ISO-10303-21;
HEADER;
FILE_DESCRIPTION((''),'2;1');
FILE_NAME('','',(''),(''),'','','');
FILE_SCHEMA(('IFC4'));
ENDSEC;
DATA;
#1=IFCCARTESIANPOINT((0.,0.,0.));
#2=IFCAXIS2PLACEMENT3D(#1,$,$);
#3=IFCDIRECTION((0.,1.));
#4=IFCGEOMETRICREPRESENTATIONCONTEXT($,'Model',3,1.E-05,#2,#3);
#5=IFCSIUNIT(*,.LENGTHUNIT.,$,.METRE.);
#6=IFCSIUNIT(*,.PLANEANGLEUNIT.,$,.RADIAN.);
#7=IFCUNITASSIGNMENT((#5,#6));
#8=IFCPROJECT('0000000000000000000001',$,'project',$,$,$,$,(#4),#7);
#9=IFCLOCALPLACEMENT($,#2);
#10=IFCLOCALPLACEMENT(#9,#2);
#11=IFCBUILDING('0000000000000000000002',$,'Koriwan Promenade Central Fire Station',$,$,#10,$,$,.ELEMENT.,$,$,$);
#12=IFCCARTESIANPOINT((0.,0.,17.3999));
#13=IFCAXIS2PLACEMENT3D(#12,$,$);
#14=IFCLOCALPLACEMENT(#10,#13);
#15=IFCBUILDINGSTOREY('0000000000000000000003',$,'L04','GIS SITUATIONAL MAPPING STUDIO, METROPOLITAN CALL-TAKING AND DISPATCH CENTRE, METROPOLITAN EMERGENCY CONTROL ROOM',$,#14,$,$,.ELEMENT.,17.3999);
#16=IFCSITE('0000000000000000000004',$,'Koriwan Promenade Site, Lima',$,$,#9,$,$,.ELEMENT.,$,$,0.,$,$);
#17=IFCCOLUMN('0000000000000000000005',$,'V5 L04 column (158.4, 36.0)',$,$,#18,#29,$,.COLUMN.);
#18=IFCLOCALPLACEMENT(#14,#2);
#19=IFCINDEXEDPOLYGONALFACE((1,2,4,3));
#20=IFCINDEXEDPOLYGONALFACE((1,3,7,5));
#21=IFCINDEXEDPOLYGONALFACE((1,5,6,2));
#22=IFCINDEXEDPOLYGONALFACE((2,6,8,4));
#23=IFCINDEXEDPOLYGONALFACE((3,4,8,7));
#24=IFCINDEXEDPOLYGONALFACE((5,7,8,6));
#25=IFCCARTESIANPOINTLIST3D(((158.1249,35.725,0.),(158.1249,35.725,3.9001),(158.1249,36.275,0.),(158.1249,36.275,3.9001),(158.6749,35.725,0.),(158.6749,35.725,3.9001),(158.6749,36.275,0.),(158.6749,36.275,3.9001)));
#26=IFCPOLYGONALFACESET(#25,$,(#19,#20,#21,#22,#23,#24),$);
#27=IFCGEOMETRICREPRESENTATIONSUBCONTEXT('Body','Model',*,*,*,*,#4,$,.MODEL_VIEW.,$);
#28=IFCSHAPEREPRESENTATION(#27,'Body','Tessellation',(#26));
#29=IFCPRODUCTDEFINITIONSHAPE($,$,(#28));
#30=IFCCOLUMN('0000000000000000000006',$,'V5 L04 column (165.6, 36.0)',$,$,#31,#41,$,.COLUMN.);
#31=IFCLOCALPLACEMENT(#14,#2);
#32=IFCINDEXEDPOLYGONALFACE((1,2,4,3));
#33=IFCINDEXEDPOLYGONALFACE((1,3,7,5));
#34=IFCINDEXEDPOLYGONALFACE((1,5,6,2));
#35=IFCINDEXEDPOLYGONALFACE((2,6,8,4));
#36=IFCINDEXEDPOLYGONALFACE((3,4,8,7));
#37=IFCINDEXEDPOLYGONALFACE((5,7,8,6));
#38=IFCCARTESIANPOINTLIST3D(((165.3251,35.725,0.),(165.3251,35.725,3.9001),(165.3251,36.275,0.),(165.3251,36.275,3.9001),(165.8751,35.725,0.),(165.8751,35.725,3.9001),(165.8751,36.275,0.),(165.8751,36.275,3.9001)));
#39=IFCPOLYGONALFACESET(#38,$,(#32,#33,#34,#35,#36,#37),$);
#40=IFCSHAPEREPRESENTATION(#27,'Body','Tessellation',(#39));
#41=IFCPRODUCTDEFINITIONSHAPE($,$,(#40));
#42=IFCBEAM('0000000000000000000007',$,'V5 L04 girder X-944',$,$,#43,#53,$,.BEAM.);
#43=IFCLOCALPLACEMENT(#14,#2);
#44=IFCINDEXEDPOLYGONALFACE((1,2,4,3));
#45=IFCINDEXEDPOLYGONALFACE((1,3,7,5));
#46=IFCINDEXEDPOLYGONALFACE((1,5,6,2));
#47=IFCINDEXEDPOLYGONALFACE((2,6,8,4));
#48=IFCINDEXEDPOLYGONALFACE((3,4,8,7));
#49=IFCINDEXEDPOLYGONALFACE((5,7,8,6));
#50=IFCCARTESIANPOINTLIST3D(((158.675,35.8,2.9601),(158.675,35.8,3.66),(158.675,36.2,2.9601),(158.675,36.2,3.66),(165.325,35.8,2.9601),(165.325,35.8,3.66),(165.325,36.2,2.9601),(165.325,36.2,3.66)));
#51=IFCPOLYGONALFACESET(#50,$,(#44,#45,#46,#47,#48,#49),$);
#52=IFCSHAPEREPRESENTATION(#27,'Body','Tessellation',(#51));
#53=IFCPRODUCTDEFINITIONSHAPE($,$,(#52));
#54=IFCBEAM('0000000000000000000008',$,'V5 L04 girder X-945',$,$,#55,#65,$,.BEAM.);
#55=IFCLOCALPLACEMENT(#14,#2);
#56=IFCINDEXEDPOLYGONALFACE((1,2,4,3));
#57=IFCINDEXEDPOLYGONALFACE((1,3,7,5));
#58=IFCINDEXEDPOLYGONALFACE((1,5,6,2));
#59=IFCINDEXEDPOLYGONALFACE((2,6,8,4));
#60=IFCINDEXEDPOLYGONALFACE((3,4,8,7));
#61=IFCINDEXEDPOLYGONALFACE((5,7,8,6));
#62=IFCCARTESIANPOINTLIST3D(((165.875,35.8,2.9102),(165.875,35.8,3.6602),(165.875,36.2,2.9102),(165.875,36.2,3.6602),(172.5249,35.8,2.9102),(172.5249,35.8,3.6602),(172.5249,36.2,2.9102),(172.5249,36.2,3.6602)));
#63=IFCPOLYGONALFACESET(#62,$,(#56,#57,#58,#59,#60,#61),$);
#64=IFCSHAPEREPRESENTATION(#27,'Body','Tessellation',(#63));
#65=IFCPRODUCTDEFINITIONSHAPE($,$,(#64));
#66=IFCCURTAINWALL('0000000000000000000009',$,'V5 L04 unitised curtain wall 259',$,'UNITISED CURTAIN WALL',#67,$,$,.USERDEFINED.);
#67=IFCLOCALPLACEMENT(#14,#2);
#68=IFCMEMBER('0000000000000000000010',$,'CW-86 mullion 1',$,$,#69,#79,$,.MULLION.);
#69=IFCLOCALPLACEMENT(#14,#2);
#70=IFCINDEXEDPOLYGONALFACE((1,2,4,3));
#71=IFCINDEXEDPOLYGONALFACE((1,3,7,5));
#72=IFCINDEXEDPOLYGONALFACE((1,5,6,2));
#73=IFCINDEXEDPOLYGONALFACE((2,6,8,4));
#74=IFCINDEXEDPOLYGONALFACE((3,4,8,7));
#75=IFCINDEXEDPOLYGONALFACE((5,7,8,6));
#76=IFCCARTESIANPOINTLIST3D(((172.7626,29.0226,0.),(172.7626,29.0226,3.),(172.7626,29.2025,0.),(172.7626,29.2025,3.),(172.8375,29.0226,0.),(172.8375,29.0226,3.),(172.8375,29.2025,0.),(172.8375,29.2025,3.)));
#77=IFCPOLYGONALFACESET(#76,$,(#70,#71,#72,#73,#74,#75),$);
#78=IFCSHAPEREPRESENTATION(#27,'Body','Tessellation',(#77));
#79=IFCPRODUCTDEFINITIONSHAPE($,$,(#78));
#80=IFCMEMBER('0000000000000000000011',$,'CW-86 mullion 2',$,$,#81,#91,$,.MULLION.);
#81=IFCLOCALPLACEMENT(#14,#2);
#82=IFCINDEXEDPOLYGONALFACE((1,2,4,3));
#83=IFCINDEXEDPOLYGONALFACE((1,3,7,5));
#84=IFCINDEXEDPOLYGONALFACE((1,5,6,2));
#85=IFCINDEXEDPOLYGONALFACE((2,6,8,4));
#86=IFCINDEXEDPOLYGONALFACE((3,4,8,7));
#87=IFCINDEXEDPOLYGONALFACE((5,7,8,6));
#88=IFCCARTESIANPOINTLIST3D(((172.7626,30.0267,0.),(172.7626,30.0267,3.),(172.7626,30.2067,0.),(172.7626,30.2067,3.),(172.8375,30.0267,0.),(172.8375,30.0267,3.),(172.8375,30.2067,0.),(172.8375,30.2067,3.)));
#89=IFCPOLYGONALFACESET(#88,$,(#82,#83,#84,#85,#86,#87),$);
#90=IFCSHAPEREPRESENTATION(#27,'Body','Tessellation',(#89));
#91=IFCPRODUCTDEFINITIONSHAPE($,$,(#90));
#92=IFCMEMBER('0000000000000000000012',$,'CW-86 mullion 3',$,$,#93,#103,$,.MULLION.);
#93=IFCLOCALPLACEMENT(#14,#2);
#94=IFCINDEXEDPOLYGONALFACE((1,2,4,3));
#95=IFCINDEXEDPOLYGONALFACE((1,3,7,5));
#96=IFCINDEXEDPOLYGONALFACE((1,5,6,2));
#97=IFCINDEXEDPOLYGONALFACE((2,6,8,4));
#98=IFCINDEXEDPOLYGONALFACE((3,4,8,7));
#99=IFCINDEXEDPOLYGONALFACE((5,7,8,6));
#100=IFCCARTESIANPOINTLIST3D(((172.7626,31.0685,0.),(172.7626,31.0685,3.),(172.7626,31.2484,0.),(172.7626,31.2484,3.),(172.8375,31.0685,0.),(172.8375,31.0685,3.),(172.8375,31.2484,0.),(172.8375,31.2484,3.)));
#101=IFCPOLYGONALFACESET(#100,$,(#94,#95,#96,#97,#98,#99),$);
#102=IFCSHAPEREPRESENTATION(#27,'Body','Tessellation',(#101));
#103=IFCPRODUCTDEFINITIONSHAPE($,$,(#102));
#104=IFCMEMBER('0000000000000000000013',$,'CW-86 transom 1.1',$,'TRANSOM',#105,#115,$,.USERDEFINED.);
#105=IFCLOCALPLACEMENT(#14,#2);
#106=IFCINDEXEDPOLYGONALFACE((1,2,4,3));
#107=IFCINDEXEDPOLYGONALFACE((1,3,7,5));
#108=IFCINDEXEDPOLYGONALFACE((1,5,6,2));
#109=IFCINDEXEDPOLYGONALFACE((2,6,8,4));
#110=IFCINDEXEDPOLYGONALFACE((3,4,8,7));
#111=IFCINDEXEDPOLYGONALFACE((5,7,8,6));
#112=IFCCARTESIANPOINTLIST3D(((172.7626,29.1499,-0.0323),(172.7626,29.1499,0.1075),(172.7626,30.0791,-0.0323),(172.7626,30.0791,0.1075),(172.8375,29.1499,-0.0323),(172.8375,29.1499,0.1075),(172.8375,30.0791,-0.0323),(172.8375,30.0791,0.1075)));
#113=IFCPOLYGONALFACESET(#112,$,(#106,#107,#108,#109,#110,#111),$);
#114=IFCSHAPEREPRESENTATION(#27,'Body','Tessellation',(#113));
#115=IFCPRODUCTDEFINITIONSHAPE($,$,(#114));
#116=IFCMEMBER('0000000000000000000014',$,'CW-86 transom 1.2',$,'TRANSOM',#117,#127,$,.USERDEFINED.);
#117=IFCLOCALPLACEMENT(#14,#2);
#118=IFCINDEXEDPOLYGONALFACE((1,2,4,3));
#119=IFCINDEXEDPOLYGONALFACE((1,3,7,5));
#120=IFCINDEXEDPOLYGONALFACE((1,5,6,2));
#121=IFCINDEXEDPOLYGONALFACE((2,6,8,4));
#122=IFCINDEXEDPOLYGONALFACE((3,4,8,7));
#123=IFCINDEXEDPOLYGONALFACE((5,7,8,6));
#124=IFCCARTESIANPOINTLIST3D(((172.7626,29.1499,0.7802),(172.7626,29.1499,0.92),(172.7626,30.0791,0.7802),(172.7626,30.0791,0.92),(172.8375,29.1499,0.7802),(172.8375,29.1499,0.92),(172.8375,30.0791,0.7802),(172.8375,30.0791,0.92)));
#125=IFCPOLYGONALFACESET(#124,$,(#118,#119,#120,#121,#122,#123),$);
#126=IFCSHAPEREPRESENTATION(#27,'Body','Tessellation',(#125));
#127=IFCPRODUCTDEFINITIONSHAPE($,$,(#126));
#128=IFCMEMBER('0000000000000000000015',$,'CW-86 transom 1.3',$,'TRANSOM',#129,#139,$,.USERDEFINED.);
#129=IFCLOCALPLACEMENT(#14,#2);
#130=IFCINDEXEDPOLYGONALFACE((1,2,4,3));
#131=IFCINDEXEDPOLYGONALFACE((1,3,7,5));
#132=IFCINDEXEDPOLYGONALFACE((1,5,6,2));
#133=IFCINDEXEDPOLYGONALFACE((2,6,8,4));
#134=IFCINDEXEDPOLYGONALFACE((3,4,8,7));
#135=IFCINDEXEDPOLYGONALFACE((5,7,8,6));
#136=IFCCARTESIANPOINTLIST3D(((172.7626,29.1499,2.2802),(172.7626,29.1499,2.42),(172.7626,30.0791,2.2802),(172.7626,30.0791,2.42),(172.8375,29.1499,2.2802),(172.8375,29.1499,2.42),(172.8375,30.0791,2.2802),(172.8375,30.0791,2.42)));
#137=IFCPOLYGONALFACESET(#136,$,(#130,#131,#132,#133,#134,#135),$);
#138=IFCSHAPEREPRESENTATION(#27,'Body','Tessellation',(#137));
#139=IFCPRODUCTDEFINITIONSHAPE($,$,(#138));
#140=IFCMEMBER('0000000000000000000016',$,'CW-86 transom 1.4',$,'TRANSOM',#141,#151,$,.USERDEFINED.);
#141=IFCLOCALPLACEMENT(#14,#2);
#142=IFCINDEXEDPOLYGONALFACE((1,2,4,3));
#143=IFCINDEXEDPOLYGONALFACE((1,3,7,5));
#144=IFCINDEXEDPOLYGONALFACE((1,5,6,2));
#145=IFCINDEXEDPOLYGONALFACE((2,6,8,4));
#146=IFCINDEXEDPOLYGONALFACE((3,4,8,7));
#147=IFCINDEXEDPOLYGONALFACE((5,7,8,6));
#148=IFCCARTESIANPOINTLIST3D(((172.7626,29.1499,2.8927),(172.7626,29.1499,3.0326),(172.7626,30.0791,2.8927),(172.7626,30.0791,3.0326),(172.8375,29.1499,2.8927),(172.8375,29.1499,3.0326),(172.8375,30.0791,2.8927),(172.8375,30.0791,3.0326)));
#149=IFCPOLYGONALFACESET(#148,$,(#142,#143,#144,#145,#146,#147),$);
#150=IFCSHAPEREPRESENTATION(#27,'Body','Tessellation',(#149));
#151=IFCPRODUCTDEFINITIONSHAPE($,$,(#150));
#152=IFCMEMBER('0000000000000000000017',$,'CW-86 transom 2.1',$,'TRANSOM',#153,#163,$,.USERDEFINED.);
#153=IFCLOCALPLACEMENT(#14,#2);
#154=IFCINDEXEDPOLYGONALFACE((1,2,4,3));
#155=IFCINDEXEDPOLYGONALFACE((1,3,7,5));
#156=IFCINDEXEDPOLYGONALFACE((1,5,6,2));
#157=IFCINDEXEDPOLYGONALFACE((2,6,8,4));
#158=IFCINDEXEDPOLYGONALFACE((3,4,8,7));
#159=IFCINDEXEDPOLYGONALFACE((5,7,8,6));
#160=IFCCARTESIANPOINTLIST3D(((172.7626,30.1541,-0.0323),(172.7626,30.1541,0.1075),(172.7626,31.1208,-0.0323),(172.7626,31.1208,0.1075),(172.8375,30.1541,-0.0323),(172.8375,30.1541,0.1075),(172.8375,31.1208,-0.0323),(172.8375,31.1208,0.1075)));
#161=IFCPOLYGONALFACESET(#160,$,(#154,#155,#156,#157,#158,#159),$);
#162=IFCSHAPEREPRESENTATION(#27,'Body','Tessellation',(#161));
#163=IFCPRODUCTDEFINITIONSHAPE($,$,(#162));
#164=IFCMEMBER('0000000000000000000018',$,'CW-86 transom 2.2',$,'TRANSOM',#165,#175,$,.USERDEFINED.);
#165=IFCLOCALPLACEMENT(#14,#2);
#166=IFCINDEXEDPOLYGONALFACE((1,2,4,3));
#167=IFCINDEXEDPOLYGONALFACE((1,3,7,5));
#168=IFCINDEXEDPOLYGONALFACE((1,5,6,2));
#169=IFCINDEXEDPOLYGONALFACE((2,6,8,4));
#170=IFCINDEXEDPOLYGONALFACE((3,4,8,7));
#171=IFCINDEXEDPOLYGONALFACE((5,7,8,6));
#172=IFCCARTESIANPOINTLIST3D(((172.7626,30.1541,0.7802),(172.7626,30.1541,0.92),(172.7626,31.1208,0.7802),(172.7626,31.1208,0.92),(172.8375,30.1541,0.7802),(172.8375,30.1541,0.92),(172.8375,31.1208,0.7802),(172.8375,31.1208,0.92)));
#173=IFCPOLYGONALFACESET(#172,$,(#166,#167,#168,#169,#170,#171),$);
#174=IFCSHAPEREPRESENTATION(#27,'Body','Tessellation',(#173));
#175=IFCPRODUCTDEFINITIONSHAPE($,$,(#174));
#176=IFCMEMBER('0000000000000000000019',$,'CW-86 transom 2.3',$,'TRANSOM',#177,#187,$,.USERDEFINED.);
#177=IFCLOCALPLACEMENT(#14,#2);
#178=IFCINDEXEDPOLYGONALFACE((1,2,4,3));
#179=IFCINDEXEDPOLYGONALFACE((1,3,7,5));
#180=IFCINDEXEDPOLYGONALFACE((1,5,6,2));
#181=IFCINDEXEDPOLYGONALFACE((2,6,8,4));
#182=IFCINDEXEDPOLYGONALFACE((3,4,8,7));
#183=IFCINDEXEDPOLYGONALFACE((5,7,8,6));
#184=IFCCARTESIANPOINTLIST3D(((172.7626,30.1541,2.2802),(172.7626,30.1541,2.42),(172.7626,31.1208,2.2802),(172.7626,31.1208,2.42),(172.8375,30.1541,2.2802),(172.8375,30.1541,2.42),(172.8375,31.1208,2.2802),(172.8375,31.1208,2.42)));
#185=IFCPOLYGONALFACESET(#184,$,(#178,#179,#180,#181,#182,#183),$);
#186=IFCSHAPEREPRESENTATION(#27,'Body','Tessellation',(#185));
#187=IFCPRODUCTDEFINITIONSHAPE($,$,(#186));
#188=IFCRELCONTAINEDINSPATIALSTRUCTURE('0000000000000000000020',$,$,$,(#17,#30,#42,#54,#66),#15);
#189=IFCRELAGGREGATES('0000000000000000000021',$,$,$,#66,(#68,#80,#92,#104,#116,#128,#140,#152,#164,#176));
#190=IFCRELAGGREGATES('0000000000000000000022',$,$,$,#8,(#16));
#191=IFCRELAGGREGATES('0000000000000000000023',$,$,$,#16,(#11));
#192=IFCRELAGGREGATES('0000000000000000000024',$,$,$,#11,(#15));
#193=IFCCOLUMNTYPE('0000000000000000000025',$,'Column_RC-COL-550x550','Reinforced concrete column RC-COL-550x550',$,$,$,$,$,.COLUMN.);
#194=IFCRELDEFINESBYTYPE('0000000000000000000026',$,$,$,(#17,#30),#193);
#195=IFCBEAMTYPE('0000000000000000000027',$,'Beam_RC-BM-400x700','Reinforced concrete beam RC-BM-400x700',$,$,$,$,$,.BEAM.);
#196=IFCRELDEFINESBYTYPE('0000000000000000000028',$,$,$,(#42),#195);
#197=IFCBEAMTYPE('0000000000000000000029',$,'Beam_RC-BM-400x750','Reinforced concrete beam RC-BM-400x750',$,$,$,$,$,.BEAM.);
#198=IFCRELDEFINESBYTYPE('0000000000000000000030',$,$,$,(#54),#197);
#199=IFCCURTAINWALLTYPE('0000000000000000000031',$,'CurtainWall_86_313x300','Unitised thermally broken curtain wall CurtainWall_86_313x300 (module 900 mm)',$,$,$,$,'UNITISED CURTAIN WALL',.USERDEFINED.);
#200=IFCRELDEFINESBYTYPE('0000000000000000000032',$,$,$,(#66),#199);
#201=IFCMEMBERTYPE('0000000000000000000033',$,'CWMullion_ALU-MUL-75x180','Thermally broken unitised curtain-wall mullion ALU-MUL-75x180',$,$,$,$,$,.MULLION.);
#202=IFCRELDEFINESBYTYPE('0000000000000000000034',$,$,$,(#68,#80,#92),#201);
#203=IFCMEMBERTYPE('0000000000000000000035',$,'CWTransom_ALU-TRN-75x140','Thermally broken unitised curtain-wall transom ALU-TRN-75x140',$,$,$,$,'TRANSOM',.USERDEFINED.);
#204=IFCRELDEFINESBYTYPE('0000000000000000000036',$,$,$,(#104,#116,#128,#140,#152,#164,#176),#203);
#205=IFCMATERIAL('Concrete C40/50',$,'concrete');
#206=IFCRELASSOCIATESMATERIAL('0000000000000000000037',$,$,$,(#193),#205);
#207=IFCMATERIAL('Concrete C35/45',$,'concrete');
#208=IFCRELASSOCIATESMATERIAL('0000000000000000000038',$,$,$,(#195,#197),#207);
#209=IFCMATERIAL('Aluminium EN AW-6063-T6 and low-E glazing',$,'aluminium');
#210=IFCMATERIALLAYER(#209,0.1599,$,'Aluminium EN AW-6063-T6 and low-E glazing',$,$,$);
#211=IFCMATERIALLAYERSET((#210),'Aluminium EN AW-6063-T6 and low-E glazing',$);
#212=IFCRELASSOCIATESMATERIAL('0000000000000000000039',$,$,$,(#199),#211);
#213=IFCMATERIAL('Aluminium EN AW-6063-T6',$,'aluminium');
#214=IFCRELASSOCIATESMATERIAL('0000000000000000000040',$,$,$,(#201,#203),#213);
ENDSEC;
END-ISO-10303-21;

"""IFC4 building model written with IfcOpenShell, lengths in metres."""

from ifc_helpers import new_model, si_unit, direction, frame, origin, origin_2d, place, context, subcontext, project, spatial, rectangle, extrude, material, layer, layer_set, material_profile, profile_set, type_object, element, aggregate, save


model = new_model("IFC4")

# Units and contexts
model_context = context("Model", 3, precision=1e-05, world=origin(), true_north=direction((0.0, 1.0)))
body_context = subcontext(model_context, "Body", "Model", "MODEL_VIEW")
ifc_project = project(units=[si_unit("LENGTHUNIT", "METRE"), si_unit("PLANEANGLEUNIT", "RADIAN")], contexts=[model_context])

# Site, building, storey
site_placement = place(None, origin())
site = spatial("IfcSite", under=ifc_project, at=site_placement, Name="Koriwan Promenade Site, Lima", CompositionType="ELEMENT", RefElevation=0.0)
building_placement = place(site_placement, origin())
building = spatial("IfcBuilding", under=site, at=building_placement, Name="Koriwan Promenade Central Fire Station", CompositionType="ELEMENT")
storey_placement = place(building_placement, frame((0.0, 0.0, 17.3999)))
storey = spatial("IfcBuildingStorey", under=building, at=storey_placement, Name="L04", Description="GIS SITUATIONAL MAPPING STUDIO, METROPOLITAN CALL-TAKING AND DISPATCH CENTRE, METROPOLITAN EMERGENCY CONTROL ROOM", CompositionType="ELEMENT", Elevation=17.3999)

# Columns
ifc_material_1 = material(Name="Concrete C40/50", Category="concrete")
ifc_material_profile_1 = material_profile(ifc_material_1, rectangle(XDim=0.55, YDim=0.55, at=origin_2d()), Name="RC-COL-550x550")
ifc_profile_set_1 = profile_set([ifc_material_profile_1], Name="Concrete C40/50")
column_type = type_object("IfcColumnType", Name="Column_RC-COL-550x550", Description="Reinforced concrete column RC-COL-550x550", PredefinedType="COLUMN", material=ifc_profile_set_1)
for number, where, z_axis, x_axis, name in (
    (1, (158.3999, 36.0, 0.0), (0.0, 0.0, 1.0), (1.0, 0.0, 0.0), "V5 L04 column (158.4, 36.0)"),
    (2, (165.6001, 36.0, 0.0), (0.0, 0.0, 1.0), (1.0, 0.0, 0.0), "V5 L04 column (165.6, 36.0)"),
):
    element("IfcColumn", number, at=place(storey_placement, frame(where, z_axis=z_axis, x_axis=x_axis)), inside=storey, type_object=column_type, Name=name, PredefinedType="COLUMN", context=body_context, shape_type="SweptSolid", body=[
        extrude(rectangle(XDim=0.55, YDim=0.55, at=origin_2d()), origin(), (0.0, 0.0, 1.0), 3.9001),
    ])

# Beams
ifc_material_2 = material(Name="Concrete C35/45", Category="concrete")
ifc_material_profile_2 = material_profile(ifc_material_2, rectangle(XDim=0.3999, YDim=0.7, at=origin_2d()), Name="RC-BM-400x700")
ifc_profile_set_2 = profile_set([ifc_material_profile_2], Name="Concrete C35/45")
beam_type_1 = type_object("IfcBeamType", Name="Beam_RC-BM-400x700", Description="Reinforced concrete beam RC-BM-400x700", PredefinedType="BEAM", material=ifc_profile_set_2)
beam_1_placement = place(storey_placement, frame((158.675, 36.0, 3.3101), z_axis=(1.0, 0.0, 0.0), x_axis=(0.0, 1.0, 0.0)))
element("IfcBeam", 3, at=beam_1_placement, inside=storey, type_object=beam_type_1, Name="V5 L04 girder X-944", PredefinedType="BEAM", context=body_context, shape_type="SweptSolid", body=[
    extrude(rectangle(XDim=0.3999, YDim=0.7, at=origin_2d()), origin(), (0.0, 0.0, 1.0), 6.6499),
])
ifc_material_profile_3 = material_profile(ifc_material_2, rectangle(XDim=0.3999, YDim=0.75, at=origin_2d()), Name="RC-BM-400x750")
ifc_profile_set_3 = profile_set([ifc_material_profile_3], Name="Concrete C35/45")
beam_type_2 = type_object("IfcBeamType", Name="Beam_RC-BM-400x750", Description="Reinforced concrete beam RC-BM-400x750", PredefinedType="BEAM", material=ifc_profile_set_3)
beam_2_placement = place(storey_placement, frame((165.875, 36.0, 3.2852), z_axis=(1.0, 0.0, 0.0), x_axis=(0.0, 1.0, 0.0)))
element("IfcBeam", 4, at=beam_2_placement, inside=storey, type_object=beam_type_2, Name="V5 L04 girder X-945", PredefinedType="BEAM", context=body_context, shape_type="SweptSolid", body=[
    extrude(rectangle(XDim=0.3999, YDim=0.75, at=origin_2d()), origin(), (0.0, 0.0, 1.0), 6.6499),
])

# Curtain wall, members
ifc_material_3 = material(Name="Aluminium EN AW-6063-T6 and low-E glazing", Category="aluminium")
ifc_layer_1 = layer(ifc_material_3, 0.1599, Name="Aluminium EN AW-6063-T6 and low-E glazing")
ifc_layer_set_1 = layer_set([ifc_layer_1], Name="Aluminium EN AW-6063-T6 and low-E glazing")
curtain_wall_type = type_object("IfcCurtainWallType", Name="CurtainWall_86_313x300", Description="Unitised thermally broken curtain wall CurtainWall_86_313x300 (module 900 mm)", ElementType="UNITISED CURTAIN WALL", PredefinedType="USERDEFINED", material=ifc_layer_set_1)
curtain_wall_placement = place(storey_placement, origin())
curtain_wall = element("IfcCurtainWall", 5, at=curtain_wall_placement, inside=storey, type_object=curtain_wall_type, Name="V5 L04 unitised curtain wall 259", ObjectType="UNITISED CURTAIN WALL", PredefinedType="USERDEFINED")
ifc_material_4 = material(Name="Aluminium EN AW-6063-T6", Category="aluminium")
ifc_material_profile_4 = material_profile(ifc_material_4, rectangle(XDim=0.075, YDim=0.1799, at=origin_2d()), Name="ALU-MUL-75x180")
ifc_profile_set_4 = profile_set([ifc_material_profile_4], Name="Aluminium EN AW-6063-T6")
member_type_1 = type_object("IfcMemberType", Name="CWMullion_ALU-MUL-75x180", Description="Thermally broken unitised curtain-wall mullion ALU-MUL-75x180", PredefinedType="MULLION", material=ifc_profile_set_4)
member_1_placement = place(storey_placement, frame((172.8, 29.1125, 0.0), z_axis=(0.0, 0.0, 1.0), x_axis=(-1.0, 0.0, 0.0)))
member_1 = element("IfcMember", 6, at=member_1_placement, type_object=member_type_1, Name="CW-86 mullion 1", PredefinedType="MULLION", context=body_context, shape_type="SweptSolid", body=[
    extrude(rectangle(XDim=0.075, YDim=0.1799, at=origin_2d()), origin(), (0.0, 0.0, 1.0), 3.0),
])
member_2_placement = place(storey_placement, frame((172.8, 30.1167, 0.0), z_axis=(0.0, 0.0, 1.0), x_axis=(-1.0, 0.0, 0.0)))
member_2 = element("IfcMember", 7, at=member_2_placement, type_object=member_type_1, Name="CW-86 mullion 2", PredefinedType="MULLION", context=body_context, shape_type="SweptSolid", body=[
    extrude(rectangle(XDim=0.075, YDim=0.1799, at=origin_2d()), origin(), (0.0, 0.0, 1.0), 3.0),
])
member_3_placement = place(storey_placement, frame((172.8, 31.1584, 0.0), z_axis=(0.0, 0.0, 1.0), x_axis=(-1.0, 0.0, 0.0)))
member_3 = element("IfcMember", 8, at=member_3_placement, type_object=member_type_1, Name="CW-86 mullion 3", PredefinedType="MULLION", context=body_context, shape_type="SweptSolid", body=[
    extrude(rectangle(XDim=0.075, YDim=0.1799, at=origin_2d()), origin(), (0.0, 0.0, 1.0), 3.0),
])
ifc_material_profile_5 = material_profile(ifc_material_4, rectangle(XDim=0.075, YDim=0.1399, at=origin_2d()), Name="ALU-TRN-75x140")
ifc_profile_set_5 = profile_set([ifc_material_profile_5], Name="Aluminium EN AW-6063-T6")
member_type_2 = type_object("IfcMemberType", Name="CWTransom_ALU-TRN-75x140", Description="Thermally broken unitised curtain-wall transom ALU-TRN-75x140", ElementType="TRANSOM", PredefinedType="USERDEFINED", material=ifc_profile_set_5)
member_4_placement = place(storey_placement, frame((172.8, 29.1499, 0.0376), z_axis=(0.0, 1.0, 0.0), x_axis=(-1.0, 0.0, 0.0)))
member_4 = element("IfcMember", 9, at=member_4_placement, type_object=member_type_2, Name="CW-86 transom 1.1", ObjectType="TRANSOM", PredefinedType="USERDEFINED", context=body_context, shape_type="SweptSolid", body=[
    extrude(rectangle(XDim=0.075, YDim=0.1399, at=origin_2d()), origin(), (0.0, 0.0, 1.0), 0.9292),
])
member_5_placement = place(storey_placement, frame((172.8, 29.1499, 0.8501), z_axis=(0.0, 1.0, 0.0), x_axis=(-1.0, 0.0, 0.0)))
member_5 = element("IfcMember", 10, at=member_5_placement, type_object=member_type_2, Name="CW-86 transom 1.2", ObjectType="TRANSOM", PredefinedType="USERDEFINED", context=body_context, shape_type="SweptSolid", body=[
    extrude(rectangle(XDim=0.075, YDim=0.1399, at=origin_2d()), origin(), (0.0, 0.0, 1.0), 0.9292),
])
member_6_placement = place(storey_placement, frame((172.8, 29.1499, 2.3501), z_axis=(0.0, 1.0, 0.0), x_axis=(-1.0, 0.0, 0.0)))
member_6 = element("IfcMember", 11, at=member_6_placement, type_object=member_type_2, Name="CW-86 transom 1.3", ObjectType="TRANSOM", PredefinedType="USERDEFINED", context=body_context, shape_type="SweptSolid", body=[
    extrude(rectangle(XDim=0.075, YDim=0.1399, at=origin_2d()), origin(), (0.0, 0.0, 1.0), 0.9292),
])
member_7_placement = place(storey_placement, frame((172.8, 29.1499, 2.9626), z_axis=(0.0, 1.0, 0.0), x_axis=(-1.0, 0.0, 0.0)))
member_7 = element("IfcMember", 12, at=member_7_placement, type_object=member_type_2, Name="CW-86 transom 1.4", ObjectType="TRANSOM", PredefinedType="USERDEFINED", context=body_context, shape_type="SweptSolid", body=[
    extrude(rectangle(XDim=0.075, YDim=0.1399, at=origin_2d()), origin(), (0.0, 0.0, 1.0), 0.9292),
])
member_8_placement = place(storey_placement, frame((172.8, 30.1541, 0.0376), z_axis=(0.0, 1.0, 0.0), x_axis=(-1.0, 0.0, 0.0)))
member_8 = element("IfcMember", 13, at=member_8_placement, type_object=member_type_2, Name="CW-86 transom 2.1", ObjectType="TRANSOM", PredefinedType="USERDEFINED", context=body_context, shape_type="SweptSolid", body=[
    extrude(rectangle(XDim=0.075, YDim=0.1399, at=origin_2d()), origin(), (0.0, 0.0, 1.0), 0.9668),
])
member_9_placement = place(storey_placement, frame((172.8, 30.1541, 0.8501), z_axis=(0.0, 1.0, 0.0), x_axis=(-1.0, 0.0, 0.0)))
member_9 = element("IfcMember", 14, at=member_9_placement, type_object=member_type_2, Name="CW-86 transom 2.2", ObjectType="TRANSOM", PredefinedType="USERDEFINED", context=body_context, shape_type="SweptSolid", body=[
    extrude(rectangle(XDim=0.075, YDim=0.1399, at=origin_2d()), origin(), (0.0, 0.0, 1.0), 0.9668),
])
member_10_placement = place(storey_placement, frame((172.8, 30.1541, 2.3501), z_axis=(0.0, 1.0, 0.0), x_axis=(-1.0, 0.0, 0.0)))
member_10 = element("IfcMember", 15, at=member_10_placement, type_object=member_type_2, Name="CW-86 transom 2.3", ObjectType="TRANSOM", PredefinedType="USERDEFINED", context=body_context, shape_type="SweptSolid", body=[
    extrude(rectangle(XDim=0.075, YDim=0.1399, at=origin_2d()), origin(), (0.0, 0.0, 1.0), 0.9668),
])
aggregate(curtain_wall, [member_1, member_2, member_3, member_4, member_5, member_6, member_7, member_8, member_9, member_10])

save(model, "model.ifc")
